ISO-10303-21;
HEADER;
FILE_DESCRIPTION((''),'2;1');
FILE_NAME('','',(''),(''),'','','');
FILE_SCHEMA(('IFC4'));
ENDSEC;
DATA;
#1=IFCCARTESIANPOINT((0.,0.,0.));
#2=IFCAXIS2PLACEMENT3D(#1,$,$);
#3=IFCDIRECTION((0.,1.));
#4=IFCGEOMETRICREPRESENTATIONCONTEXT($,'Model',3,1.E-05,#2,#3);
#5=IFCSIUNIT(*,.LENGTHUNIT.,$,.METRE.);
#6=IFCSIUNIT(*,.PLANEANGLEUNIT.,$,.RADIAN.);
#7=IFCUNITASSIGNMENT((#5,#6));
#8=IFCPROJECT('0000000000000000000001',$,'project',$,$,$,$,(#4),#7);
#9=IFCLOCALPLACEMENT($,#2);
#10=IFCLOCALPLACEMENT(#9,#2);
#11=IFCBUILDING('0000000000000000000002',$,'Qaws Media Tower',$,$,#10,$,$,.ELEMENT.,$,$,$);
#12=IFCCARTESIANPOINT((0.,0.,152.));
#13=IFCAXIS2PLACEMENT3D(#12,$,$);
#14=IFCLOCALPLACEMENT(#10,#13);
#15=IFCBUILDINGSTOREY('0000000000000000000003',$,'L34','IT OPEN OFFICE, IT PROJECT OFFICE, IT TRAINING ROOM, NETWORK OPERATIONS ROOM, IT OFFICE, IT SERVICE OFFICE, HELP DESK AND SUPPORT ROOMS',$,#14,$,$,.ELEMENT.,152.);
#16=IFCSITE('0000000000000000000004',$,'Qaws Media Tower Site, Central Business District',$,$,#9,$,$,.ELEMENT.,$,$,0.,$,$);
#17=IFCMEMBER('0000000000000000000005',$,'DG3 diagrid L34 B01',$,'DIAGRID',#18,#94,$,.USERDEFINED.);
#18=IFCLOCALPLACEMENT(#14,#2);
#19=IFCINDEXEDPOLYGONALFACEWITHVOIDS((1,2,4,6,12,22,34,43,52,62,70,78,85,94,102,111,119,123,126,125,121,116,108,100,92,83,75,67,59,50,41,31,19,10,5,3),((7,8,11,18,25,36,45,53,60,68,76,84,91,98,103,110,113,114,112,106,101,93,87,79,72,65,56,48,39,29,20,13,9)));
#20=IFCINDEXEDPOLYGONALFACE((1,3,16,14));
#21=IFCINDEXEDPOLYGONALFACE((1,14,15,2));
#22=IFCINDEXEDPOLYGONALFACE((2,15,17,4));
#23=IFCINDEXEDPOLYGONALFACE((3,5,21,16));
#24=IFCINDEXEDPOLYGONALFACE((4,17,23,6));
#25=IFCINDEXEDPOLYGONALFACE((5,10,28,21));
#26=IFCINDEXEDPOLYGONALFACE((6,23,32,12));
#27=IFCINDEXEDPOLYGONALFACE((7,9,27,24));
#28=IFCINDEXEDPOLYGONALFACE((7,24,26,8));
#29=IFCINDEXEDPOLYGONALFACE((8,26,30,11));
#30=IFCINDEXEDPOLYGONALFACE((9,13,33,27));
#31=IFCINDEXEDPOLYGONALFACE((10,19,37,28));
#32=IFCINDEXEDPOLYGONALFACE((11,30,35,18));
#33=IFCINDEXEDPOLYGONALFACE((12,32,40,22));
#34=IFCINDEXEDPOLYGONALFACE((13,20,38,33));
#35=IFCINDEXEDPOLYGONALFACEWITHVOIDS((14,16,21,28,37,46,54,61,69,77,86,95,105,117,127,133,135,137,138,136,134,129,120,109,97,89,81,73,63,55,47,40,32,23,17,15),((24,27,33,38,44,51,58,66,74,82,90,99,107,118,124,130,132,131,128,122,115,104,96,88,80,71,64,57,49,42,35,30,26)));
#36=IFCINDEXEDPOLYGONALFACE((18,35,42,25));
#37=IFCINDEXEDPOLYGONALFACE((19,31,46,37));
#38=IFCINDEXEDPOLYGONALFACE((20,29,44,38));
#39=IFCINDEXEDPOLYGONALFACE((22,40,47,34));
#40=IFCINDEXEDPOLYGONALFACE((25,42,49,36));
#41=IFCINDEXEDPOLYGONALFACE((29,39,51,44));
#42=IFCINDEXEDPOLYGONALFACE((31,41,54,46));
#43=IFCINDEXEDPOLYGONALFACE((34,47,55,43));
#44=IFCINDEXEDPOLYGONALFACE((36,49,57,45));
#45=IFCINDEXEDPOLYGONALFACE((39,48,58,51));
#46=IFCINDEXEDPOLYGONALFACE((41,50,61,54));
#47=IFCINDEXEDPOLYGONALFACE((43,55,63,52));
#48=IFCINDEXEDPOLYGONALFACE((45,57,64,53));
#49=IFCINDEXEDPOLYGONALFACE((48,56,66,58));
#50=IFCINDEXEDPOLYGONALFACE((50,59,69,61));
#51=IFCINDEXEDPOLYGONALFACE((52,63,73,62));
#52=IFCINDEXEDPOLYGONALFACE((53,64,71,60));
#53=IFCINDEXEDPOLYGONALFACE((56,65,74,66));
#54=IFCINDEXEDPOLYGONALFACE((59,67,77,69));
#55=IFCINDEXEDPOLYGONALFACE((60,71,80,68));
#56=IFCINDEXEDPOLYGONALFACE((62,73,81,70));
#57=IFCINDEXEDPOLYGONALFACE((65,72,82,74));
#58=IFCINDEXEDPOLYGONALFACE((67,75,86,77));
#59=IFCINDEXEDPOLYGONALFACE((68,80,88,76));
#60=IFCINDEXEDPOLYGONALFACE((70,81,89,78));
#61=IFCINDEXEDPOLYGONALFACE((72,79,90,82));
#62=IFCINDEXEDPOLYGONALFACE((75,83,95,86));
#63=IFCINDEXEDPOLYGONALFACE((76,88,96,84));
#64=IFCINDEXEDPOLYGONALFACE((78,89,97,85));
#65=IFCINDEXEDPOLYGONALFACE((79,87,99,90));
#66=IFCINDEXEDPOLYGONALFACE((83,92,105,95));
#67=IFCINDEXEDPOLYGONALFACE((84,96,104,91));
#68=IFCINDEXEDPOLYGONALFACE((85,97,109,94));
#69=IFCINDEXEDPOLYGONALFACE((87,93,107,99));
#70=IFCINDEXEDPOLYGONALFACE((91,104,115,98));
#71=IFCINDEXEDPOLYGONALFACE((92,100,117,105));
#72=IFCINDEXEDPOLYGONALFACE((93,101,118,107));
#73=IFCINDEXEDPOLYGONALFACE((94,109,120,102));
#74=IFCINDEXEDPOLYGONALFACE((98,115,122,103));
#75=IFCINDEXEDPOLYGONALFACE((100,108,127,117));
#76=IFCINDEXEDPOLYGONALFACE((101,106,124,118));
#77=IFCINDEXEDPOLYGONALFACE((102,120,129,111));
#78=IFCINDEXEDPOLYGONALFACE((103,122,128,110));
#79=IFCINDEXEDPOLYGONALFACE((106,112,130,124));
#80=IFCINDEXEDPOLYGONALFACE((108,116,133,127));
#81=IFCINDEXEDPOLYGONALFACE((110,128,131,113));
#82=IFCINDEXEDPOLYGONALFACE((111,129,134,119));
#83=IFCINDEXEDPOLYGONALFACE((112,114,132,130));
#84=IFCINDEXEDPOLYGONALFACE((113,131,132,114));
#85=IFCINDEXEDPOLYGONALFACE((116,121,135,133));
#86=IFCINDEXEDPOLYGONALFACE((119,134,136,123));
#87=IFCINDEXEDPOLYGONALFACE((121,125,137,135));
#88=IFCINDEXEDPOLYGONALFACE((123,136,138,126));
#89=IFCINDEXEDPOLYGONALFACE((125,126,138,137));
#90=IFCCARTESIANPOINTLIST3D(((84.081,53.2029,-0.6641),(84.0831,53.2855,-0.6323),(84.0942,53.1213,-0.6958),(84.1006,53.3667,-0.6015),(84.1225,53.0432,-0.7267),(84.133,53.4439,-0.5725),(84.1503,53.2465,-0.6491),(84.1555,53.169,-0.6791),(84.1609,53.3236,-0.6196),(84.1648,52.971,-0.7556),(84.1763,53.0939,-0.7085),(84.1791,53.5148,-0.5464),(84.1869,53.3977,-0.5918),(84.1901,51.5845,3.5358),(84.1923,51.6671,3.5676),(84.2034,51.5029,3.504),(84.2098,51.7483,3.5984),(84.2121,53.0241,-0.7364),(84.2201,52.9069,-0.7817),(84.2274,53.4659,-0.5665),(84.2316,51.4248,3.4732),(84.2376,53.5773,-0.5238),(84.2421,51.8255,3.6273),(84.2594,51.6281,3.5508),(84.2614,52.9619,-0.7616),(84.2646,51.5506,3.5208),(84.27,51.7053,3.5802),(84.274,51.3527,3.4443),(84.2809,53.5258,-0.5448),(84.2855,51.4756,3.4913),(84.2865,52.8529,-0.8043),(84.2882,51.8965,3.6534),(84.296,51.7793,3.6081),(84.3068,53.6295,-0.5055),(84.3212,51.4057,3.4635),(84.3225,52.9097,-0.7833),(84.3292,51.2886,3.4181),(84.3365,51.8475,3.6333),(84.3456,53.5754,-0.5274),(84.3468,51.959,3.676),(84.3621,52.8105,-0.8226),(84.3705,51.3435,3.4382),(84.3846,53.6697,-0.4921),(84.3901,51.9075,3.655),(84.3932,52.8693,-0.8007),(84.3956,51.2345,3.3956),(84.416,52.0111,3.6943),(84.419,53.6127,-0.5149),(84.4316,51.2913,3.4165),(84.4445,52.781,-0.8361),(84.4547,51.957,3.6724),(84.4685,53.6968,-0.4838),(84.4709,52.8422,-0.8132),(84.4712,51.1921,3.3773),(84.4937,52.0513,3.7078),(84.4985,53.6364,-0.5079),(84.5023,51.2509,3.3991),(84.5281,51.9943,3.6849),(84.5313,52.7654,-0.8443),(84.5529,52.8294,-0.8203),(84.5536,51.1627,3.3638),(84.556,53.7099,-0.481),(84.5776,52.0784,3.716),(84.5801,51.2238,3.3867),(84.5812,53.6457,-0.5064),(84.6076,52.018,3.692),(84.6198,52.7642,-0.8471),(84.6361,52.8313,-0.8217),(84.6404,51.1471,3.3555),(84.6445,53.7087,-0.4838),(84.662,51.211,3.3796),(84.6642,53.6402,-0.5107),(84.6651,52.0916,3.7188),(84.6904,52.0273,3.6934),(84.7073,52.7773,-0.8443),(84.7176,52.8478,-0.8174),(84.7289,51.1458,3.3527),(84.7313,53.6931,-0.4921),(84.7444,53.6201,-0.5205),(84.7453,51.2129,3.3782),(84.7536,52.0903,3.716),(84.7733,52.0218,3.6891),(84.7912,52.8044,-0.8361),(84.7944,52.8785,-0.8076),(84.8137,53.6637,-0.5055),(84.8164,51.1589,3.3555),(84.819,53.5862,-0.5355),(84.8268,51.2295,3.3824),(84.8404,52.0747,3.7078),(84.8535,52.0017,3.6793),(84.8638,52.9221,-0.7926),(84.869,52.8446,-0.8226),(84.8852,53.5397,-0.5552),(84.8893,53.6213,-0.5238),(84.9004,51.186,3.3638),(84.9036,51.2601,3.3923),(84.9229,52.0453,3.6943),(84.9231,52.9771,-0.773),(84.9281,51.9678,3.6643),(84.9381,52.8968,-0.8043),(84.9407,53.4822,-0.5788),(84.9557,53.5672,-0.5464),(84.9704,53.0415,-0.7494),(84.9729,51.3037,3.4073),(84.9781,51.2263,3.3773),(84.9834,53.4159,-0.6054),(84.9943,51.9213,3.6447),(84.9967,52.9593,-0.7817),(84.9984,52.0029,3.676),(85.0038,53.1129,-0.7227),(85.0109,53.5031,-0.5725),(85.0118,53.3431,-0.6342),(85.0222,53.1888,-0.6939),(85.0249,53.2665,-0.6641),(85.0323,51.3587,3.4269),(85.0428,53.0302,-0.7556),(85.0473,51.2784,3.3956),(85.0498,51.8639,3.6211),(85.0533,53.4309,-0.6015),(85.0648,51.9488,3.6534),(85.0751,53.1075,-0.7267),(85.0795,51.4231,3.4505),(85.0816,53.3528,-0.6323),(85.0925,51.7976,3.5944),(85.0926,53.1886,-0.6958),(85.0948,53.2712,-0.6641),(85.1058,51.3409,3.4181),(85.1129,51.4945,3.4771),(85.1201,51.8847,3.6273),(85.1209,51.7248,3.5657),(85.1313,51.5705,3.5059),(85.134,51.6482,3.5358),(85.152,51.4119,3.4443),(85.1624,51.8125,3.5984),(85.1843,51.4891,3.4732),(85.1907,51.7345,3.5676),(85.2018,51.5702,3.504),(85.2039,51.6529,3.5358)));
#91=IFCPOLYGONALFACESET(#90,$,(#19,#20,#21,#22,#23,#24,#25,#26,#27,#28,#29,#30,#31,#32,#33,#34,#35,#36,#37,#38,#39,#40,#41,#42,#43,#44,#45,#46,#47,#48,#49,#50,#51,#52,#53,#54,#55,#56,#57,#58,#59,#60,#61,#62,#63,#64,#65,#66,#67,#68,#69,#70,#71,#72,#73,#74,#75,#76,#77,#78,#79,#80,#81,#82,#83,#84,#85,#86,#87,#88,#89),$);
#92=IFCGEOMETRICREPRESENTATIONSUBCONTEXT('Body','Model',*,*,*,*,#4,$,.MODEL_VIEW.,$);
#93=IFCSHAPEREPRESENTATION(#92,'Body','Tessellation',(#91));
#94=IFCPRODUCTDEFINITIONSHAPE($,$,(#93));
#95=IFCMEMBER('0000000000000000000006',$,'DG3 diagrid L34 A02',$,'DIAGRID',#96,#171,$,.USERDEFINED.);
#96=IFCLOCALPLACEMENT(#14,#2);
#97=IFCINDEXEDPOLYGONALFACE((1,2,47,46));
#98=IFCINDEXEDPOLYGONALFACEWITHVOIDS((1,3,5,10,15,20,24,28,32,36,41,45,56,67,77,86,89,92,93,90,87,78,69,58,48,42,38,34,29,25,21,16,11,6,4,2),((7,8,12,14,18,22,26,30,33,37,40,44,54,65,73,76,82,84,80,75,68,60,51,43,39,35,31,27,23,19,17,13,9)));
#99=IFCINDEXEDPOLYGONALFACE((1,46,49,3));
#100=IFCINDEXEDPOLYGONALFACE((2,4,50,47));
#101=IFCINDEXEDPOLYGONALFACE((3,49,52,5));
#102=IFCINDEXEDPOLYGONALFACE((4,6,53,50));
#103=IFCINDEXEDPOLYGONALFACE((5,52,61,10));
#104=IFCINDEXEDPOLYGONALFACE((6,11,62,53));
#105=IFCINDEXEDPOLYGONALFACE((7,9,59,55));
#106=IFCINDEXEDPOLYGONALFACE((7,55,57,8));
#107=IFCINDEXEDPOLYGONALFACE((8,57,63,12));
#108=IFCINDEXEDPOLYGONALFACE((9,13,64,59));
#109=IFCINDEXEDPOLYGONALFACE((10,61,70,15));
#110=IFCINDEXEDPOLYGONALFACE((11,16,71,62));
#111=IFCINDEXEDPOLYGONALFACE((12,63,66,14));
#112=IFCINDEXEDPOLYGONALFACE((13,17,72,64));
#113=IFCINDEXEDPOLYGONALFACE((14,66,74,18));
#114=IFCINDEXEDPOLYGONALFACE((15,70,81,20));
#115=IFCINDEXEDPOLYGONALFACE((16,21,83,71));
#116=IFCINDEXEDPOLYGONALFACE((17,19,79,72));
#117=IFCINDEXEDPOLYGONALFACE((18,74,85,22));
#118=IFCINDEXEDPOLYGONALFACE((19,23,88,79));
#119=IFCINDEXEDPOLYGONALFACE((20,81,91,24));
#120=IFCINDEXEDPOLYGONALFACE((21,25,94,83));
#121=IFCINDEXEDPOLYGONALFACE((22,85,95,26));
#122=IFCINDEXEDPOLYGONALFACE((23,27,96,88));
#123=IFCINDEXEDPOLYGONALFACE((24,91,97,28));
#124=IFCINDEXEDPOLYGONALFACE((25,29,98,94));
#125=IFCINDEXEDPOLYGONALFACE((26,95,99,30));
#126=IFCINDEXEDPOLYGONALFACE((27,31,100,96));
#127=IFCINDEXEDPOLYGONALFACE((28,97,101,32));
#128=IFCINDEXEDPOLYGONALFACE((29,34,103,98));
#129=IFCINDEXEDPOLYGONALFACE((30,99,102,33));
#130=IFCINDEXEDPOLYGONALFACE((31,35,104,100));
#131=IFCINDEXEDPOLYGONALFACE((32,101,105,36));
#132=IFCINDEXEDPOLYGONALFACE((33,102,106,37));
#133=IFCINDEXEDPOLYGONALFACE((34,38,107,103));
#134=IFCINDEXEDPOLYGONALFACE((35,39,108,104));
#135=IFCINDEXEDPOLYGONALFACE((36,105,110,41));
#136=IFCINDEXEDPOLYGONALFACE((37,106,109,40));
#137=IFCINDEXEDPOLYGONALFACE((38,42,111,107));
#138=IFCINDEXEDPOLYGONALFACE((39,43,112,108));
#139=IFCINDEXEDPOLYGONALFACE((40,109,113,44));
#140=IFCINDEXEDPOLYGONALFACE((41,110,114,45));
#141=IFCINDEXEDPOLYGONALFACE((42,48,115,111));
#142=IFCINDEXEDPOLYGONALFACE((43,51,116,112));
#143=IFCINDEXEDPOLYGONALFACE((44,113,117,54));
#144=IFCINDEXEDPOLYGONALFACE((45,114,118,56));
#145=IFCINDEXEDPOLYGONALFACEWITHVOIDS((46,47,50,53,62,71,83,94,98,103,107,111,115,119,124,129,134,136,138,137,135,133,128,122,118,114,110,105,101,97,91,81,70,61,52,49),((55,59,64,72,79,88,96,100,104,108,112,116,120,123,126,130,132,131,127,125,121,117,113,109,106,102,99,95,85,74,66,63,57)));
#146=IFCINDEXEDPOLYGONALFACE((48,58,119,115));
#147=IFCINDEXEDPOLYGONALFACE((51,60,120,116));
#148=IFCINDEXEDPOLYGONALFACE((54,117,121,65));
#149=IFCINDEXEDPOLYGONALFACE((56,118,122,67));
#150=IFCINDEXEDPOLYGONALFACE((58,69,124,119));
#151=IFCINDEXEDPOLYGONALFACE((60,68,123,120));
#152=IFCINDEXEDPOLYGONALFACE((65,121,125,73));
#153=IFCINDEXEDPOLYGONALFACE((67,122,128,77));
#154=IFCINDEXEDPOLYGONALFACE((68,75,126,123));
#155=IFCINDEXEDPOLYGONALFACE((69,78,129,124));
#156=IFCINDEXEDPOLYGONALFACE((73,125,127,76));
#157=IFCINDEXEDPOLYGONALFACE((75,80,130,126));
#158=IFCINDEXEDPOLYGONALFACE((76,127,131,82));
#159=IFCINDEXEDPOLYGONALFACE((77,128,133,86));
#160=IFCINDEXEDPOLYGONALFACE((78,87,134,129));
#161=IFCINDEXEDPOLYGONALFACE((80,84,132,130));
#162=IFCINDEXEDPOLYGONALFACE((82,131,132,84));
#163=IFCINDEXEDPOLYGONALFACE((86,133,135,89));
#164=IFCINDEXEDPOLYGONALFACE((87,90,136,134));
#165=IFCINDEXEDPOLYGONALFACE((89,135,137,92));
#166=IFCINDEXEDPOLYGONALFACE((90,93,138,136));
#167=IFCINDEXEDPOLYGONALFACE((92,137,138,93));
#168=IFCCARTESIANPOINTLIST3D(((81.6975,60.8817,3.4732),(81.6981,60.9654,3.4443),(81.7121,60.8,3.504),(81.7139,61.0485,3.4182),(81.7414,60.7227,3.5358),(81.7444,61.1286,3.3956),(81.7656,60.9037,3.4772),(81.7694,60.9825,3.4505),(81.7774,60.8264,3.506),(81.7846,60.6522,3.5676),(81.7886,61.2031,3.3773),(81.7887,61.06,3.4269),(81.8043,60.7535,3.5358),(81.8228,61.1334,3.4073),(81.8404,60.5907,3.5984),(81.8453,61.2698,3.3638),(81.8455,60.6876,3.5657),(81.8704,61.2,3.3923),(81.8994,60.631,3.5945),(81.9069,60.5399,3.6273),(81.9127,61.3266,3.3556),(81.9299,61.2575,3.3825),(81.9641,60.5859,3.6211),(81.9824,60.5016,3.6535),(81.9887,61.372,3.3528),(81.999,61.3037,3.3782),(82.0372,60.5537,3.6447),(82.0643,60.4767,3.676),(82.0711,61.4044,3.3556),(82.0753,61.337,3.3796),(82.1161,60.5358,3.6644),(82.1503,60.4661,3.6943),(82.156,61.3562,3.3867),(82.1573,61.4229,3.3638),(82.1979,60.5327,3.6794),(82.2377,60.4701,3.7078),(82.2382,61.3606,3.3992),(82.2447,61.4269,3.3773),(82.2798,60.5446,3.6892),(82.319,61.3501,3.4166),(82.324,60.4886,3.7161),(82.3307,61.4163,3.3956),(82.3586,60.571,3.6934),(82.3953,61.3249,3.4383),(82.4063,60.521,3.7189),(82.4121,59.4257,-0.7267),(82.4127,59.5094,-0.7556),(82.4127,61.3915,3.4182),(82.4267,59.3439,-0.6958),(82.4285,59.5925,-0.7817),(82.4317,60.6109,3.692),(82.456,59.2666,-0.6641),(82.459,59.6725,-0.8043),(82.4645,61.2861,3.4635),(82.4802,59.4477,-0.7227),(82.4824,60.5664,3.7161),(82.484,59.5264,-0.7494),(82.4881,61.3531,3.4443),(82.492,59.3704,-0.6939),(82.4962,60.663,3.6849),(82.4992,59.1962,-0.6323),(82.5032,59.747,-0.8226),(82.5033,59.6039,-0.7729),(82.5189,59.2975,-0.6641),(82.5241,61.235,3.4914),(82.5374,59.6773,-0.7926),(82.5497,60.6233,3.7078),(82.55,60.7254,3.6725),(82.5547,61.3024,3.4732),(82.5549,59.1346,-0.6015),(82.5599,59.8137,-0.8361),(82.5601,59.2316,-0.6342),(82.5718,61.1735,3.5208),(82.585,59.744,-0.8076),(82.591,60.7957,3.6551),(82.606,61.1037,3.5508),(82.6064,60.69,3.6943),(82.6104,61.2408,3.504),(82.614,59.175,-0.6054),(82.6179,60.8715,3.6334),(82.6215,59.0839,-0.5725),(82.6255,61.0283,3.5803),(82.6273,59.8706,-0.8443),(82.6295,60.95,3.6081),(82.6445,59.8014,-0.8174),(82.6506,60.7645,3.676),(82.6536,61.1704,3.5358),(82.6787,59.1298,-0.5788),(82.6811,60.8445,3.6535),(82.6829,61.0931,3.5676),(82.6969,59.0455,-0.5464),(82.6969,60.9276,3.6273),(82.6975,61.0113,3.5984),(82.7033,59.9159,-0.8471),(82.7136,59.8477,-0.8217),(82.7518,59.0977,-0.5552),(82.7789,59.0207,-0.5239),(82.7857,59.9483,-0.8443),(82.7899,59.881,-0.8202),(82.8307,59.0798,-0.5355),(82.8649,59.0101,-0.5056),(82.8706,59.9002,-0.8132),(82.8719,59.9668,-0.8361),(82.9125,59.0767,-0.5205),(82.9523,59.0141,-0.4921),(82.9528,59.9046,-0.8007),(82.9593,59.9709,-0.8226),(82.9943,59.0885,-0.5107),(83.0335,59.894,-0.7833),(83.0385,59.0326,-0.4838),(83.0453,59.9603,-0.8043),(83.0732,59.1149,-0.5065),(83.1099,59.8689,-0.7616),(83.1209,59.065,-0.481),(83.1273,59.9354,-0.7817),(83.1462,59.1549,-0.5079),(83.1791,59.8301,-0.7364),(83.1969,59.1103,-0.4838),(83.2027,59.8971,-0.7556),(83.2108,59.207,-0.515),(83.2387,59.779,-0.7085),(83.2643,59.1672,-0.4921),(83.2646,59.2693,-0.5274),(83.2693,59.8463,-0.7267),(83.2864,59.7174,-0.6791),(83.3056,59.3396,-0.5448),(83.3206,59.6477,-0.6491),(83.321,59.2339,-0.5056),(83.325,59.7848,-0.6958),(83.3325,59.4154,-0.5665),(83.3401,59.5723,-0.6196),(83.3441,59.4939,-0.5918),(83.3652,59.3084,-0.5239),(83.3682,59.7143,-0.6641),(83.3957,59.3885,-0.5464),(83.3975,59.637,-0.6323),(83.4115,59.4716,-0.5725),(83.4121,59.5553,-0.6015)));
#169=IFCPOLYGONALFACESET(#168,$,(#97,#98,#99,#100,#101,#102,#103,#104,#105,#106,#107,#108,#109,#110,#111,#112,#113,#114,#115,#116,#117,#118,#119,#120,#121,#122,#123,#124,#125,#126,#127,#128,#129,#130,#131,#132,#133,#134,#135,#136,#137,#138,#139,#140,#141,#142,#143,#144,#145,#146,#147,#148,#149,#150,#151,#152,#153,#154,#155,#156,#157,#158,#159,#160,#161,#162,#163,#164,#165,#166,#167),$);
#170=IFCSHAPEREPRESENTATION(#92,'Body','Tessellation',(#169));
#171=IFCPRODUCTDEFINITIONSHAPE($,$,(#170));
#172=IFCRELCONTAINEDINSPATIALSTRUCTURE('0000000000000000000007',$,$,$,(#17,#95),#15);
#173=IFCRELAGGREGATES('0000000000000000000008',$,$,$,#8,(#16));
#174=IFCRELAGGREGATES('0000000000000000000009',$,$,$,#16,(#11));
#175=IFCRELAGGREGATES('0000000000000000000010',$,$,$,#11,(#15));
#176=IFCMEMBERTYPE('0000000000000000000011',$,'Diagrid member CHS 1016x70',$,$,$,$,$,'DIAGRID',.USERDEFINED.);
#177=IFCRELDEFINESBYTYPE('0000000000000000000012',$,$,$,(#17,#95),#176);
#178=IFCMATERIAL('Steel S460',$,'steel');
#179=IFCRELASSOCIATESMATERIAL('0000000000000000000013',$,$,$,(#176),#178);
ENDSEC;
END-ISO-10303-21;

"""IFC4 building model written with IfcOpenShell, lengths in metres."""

from ifc_helpers import new_model, si_unit, direction, frame, origin, origin_2d, place, context, subcontext, project, spatial, hollow_circle, extrude, material, material_profile, profile_set, type_object, element, save


model = new_model("IFC4")

# Units and contexts
model_context = context("Model", 3, precision=1e-05, world=origin(), true_north=direction((0.0, 1.0)))
body_context = subcontext(model_context, "Body", "Model", "MODEL_VIEW")
ifc_project = project(units=[si_unit("LENGTHUNIT", "METRE"), si_unit("PLANEANGLEUNIT", "RADIAN")], contexts=[model_context])

# Site, building, storey
site_placement = place(None, origin())
site = spatial("IfcSite", under=ifc_project, at=site_placement, Name="Qaws Media Tower Site, Central Business District", CompositionType="ELEMENT", RefElevation=0.0)
building_placement = place(site_placement, origin())
building = spatial("IfcBuilding", under=site, at=building_placement, Name="Qaws Media Tower", CompositionType="ELEMENT")
storey_placement = place(building_placement, frame((0.0, 0.0, 152.0)))
storey = spatial("IfcBuildingStorey", under=building, at=storey_placement, Name="L34", Description="IT OPEN OFFICE, IT PROJECT OFFICE, IT TRAINING ROOM, NETWORK OPERATIONS ROOM, IT OFFICE, IT SERVICE OFFICE, HELP DESK AND SUPPORT ROOMS", CompositionType="ELEMENT", Elevation=152.0)

# Members
ifc_material_1 = material(Name="Steel S460", Category="steel")
ifc_material_profile_1 = material_profile(ifc_material_1, hollow_circle(Radius=0.5081, WallThickness=0.0701, at=origin_2d()), Name="CHS 1016x70")
ifc_profile_set_1 = profile_set([ifc_material_profile_1], Name="Steel S460")
member_type_1 = type_object("IfcMemberType", Name="Diagrid member CHS 1016x70", ElementType="DIAGRID", PredefinedType="USERDEFINED", material=ifc_profile_set_1)
for number, where, z_axis, x_axis, name in (
    (1, (84.5879, 53.2371, -0.6641), (0.024239, -0.359462, 0.932845), (0.997734, 0.067278, 0.0), "DG3 diagrid L34 B01"),
    (2, (82.9121, 59.4905, -0.6641), (-0.15872, 0.323405, 0.932854), (-0.897714, -0.440578, 0.0), "DG3 diagrid L34 A02"),
):
    element("IfcMember", number, at=place(storey_placement, frame(where, z_axis=z_axis, x_axis=x_axis)), inside=storey, type_object=member_type_1, Name=name, ObjectType="DIAGRID", PredefinedType="USERDEFINED", context=body_context, shape_type="SweptSolid", body=[
        extrude(hollow_circle(Radius=0.5081, WallThickness=0.0701, at=origin_2d()), origin(), (0.0, 0.0, 1.0), 4.5022),
    ])

save(model, "model.ifc")
